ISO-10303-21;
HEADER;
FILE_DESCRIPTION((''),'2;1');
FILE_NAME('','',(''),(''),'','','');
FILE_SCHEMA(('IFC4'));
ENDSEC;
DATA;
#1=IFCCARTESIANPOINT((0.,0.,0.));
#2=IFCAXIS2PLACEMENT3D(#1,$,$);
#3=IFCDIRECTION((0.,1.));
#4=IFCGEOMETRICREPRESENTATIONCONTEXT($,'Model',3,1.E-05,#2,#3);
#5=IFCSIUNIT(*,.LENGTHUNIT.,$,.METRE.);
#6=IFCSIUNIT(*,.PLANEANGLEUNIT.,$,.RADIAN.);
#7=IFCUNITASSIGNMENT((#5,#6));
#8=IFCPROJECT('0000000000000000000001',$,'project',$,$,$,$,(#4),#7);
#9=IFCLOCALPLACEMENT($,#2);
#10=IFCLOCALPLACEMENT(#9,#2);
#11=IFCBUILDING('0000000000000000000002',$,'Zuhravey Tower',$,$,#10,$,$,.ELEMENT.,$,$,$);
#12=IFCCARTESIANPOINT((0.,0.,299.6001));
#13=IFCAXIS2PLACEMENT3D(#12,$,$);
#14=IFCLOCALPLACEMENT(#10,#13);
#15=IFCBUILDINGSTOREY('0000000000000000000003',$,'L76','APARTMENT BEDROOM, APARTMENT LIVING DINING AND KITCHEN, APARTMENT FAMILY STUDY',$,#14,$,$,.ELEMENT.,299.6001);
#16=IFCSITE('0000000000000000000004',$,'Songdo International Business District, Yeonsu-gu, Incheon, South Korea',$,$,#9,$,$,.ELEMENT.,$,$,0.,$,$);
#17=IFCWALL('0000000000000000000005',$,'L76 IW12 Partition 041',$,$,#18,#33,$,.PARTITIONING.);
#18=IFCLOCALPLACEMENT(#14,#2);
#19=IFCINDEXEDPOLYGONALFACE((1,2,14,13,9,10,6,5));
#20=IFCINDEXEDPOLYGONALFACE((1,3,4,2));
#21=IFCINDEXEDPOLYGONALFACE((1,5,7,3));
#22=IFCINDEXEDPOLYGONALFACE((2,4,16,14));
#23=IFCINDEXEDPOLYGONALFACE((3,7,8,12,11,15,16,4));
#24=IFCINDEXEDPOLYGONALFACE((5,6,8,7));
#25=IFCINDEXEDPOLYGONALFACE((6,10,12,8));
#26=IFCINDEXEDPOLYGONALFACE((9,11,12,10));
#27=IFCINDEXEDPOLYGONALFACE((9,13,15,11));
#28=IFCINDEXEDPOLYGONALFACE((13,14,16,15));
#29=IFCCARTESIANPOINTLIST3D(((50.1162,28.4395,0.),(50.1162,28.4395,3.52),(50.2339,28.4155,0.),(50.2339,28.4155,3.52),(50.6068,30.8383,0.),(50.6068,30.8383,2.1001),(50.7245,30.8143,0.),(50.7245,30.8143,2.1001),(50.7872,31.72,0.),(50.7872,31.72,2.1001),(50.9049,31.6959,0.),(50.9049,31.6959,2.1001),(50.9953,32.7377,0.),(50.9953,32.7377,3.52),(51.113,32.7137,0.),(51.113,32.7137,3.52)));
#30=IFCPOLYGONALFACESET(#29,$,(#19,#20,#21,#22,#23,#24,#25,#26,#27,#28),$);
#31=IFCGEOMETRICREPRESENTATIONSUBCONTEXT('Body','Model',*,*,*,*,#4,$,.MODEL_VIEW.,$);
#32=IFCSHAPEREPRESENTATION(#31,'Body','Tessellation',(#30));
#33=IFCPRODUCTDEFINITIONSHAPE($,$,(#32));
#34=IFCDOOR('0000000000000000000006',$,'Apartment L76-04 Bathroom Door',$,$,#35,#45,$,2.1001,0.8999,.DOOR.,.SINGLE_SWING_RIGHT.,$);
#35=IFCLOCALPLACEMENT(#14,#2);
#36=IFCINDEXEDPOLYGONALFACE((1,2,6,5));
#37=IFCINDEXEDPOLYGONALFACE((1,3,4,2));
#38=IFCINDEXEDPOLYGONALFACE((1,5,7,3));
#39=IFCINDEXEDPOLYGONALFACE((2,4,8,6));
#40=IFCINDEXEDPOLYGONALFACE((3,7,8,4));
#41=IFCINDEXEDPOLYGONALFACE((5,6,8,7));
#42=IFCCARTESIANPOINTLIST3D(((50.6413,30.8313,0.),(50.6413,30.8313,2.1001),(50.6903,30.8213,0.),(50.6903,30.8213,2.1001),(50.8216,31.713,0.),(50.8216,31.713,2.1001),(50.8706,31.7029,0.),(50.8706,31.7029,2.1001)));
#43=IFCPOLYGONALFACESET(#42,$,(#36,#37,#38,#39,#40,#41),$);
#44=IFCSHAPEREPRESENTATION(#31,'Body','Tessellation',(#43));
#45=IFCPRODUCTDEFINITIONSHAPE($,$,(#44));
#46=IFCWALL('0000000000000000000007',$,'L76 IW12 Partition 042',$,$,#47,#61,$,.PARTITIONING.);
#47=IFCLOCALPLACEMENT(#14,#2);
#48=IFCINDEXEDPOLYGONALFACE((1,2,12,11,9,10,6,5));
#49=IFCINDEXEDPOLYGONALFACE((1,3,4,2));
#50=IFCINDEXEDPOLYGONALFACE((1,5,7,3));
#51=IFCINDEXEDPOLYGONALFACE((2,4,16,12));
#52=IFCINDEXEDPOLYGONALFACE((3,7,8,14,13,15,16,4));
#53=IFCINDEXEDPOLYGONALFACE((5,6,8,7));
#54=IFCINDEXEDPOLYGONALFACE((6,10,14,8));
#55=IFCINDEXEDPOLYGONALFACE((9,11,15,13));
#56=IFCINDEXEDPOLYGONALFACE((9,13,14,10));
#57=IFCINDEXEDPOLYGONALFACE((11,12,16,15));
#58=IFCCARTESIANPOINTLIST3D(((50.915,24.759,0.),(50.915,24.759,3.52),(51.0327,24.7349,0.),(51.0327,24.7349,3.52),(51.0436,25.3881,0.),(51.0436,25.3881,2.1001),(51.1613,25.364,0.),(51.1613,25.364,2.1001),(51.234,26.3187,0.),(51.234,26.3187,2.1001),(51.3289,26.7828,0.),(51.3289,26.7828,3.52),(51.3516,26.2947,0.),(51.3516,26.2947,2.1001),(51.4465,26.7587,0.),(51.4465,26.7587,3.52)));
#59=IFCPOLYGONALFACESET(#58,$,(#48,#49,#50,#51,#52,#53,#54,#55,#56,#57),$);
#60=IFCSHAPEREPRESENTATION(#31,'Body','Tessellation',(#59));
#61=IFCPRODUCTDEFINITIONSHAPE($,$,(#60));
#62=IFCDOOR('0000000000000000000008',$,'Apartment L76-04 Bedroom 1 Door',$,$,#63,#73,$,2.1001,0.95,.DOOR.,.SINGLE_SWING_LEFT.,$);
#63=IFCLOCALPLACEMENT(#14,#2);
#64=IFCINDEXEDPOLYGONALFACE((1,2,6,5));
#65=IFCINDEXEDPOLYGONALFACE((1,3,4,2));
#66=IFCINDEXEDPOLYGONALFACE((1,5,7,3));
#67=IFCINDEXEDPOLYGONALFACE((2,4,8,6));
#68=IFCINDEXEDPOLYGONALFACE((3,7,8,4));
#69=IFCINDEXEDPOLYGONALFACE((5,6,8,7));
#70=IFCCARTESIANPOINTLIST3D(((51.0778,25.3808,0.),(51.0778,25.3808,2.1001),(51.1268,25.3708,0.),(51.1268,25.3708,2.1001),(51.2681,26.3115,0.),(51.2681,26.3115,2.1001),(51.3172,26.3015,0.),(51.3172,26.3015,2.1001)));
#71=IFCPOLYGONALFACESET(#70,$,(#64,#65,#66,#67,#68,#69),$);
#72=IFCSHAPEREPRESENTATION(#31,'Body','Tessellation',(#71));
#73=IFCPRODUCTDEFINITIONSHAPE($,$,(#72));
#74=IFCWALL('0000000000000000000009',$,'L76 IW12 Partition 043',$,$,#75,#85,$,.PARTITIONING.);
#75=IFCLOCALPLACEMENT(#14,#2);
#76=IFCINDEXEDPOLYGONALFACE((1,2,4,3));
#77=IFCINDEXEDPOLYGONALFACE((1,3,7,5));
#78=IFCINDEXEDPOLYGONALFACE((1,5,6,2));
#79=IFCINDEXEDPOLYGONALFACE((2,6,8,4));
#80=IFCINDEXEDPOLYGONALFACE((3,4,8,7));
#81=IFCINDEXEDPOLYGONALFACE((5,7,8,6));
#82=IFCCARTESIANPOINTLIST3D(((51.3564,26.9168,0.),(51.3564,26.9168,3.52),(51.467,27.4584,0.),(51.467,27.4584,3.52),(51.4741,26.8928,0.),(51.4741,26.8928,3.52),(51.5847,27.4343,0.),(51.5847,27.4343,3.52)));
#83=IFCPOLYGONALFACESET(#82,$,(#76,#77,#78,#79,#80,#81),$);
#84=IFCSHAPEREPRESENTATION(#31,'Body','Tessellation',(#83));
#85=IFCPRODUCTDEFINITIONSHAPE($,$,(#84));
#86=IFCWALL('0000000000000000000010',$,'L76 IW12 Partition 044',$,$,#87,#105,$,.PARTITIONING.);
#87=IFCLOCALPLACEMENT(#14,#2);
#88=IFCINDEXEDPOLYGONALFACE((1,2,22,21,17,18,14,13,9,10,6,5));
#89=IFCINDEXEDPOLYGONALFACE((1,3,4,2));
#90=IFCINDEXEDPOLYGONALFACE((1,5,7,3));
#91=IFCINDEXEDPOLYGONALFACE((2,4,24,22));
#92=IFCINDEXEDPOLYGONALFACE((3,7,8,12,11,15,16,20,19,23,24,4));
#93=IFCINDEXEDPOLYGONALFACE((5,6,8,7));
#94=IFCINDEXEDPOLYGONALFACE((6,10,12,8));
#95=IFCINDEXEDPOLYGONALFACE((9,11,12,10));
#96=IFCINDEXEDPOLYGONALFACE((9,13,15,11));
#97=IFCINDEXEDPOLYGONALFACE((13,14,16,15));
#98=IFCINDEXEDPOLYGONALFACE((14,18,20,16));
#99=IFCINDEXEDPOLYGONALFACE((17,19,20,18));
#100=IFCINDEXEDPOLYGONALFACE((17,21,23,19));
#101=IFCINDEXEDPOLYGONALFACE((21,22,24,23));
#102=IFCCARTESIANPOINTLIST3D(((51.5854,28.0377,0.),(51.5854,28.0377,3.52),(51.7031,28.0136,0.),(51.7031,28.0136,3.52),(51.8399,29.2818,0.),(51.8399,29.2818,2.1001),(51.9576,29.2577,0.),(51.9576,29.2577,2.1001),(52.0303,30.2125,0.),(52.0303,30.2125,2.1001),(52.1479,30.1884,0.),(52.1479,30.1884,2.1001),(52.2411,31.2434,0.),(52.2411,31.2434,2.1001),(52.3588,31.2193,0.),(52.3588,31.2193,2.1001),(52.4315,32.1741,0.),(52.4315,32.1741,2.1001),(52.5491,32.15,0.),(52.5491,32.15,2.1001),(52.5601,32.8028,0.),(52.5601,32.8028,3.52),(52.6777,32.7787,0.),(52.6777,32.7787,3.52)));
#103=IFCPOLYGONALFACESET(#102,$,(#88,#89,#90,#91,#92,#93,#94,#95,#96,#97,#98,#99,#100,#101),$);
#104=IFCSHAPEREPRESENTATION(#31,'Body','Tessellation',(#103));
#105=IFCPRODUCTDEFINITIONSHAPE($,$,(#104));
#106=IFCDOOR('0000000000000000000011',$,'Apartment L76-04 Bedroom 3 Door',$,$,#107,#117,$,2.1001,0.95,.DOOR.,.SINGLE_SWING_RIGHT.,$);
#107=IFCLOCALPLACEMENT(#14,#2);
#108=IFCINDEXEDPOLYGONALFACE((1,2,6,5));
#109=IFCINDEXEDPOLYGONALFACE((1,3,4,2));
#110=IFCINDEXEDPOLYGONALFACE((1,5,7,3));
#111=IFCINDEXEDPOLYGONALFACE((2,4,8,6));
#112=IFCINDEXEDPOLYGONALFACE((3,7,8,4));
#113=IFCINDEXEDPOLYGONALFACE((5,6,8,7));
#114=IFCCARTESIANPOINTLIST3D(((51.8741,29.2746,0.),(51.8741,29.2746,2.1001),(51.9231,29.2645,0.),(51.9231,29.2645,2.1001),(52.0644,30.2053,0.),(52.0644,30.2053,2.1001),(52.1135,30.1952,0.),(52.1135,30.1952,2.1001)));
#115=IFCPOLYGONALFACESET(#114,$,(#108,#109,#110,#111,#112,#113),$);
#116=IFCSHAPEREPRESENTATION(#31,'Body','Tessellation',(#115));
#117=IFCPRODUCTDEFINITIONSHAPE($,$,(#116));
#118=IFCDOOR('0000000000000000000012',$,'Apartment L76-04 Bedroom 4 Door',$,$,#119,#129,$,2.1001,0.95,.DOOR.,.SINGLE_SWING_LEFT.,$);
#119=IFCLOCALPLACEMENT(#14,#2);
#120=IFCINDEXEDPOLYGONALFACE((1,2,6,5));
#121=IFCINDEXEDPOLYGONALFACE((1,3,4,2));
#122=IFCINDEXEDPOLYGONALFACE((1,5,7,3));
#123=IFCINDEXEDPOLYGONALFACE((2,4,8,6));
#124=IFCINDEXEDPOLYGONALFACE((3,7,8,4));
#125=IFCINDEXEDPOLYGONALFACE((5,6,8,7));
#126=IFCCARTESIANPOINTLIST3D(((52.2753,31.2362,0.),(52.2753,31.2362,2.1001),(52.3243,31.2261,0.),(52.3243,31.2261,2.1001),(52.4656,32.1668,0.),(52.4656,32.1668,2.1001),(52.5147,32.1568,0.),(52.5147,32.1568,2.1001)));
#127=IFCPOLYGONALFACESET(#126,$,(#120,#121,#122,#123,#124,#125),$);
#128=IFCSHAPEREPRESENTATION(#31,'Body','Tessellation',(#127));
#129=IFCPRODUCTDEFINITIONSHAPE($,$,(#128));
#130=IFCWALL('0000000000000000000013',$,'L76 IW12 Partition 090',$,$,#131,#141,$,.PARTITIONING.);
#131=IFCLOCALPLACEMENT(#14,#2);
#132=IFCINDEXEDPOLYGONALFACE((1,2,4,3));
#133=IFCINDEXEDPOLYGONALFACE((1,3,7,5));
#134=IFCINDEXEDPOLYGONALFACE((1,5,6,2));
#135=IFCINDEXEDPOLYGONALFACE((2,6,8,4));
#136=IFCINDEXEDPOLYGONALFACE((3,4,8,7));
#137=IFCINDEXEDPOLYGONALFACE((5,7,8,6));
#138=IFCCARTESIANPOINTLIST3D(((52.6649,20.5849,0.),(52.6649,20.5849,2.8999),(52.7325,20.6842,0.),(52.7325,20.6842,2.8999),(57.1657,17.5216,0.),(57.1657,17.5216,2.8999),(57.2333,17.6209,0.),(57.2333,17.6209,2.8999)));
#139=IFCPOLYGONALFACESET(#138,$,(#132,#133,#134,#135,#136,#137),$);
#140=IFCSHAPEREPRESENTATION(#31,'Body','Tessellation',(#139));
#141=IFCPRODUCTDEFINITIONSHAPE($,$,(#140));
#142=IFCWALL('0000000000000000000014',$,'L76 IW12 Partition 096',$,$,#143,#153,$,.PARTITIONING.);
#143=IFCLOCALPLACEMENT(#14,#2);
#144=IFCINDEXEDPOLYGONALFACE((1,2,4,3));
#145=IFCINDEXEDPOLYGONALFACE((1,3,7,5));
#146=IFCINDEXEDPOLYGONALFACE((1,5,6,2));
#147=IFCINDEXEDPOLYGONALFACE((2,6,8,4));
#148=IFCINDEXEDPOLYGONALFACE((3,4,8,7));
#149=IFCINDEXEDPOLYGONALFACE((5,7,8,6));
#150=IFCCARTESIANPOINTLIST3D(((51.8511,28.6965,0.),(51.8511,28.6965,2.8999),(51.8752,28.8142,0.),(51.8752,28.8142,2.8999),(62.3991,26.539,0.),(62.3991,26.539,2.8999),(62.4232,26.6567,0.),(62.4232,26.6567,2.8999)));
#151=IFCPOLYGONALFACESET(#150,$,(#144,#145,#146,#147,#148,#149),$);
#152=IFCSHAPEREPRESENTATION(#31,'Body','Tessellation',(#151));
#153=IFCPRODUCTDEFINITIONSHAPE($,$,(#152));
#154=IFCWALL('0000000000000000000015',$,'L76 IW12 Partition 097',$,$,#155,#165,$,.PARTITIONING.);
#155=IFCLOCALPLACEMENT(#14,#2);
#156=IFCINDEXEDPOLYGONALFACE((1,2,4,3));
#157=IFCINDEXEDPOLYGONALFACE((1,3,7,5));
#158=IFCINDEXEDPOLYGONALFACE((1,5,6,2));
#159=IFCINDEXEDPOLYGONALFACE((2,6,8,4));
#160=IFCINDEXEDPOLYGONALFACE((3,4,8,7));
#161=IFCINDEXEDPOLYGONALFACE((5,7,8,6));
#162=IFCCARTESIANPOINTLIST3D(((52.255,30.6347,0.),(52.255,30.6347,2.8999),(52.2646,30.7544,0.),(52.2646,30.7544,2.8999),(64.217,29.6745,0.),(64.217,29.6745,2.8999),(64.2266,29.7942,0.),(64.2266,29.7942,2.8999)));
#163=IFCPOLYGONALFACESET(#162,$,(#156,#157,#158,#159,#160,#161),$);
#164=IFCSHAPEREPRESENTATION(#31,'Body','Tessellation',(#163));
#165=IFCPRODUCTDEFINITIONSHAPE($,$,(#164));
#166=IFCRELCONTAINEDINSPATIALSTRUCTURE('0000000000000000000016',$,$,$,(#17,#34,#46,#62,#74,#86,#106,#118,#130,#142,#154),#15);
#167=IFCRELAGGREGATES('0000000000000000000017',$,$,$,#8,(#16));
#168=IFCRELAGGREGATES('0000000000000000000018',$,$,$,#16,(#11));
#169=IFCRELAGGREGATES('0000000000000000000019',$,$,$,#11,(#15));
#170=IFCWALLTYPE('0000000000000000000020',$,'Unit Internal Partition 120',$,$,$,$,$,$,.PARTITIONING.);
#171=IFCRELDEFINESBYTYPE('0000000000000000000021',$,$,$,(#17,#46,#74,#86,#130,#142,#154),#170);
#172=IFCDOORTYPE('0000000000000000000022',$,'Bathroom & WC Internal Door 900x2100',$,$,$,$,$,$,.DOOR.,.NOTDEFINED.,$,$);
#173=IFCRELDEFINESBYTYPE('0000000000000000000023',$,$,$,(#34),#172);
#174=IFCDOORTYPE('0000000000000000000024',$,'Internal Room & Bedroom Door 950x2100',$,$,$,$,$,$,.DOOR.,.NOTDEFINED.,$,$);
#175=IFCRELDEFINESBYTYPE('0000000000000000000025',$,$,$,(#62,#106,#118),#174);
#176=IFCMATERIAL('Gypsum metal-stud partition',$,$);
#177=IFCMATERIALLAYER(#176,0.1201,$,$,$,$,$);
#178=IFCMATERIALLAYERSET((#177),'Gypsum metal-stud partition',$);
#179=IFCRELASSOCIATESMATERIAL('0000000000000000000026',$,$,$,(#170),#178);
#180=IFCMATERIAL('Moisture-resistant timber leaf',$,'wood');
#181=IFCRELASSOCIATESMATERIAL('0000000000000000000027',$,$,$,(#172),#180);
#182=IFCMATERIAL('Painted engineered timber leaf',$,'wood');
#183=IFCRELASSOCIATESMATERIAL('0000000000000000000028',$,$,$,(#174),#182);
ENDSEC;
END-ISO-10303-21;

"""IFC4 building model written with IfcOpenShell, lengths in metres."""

from ifc_helpers import new_model, si_unit, direction, frame, frame_2d, origin, place, context, subcontext, project, spatial, rectangle, extrude, material, layer, layer_set, type_object, element, fill, save


model = new_model("IFC4")

# Units and contexts
model_context = context("Model", 3, precision=1e-05, world=origin(), true_north=direction((0.0, 1.0)))
body_context = subcontext(model_context, "Body", "Model", "MODEL_VIEW")
ifc_project = project(units=[si_unit("LENGTHUNIT", "METRE"), si_unit("PLANEANGLEUNIT", "RADIAN")], contexts=[model_context])

# Site, building, storey
site_placement = place(None, origin())
site = spatial("IfcSite", under=ifc_project, at=site_placement, Name="Songdo International Business District, Yeonsu-gu, Incheon, South Korea", CompositionType="ELEMENT", RefElevation=0.0)
building_placement = place(site_placement, origin())
building = spatial("IfcBuilding", under=site, at=building_placement, Name="Zuhravey Tower", CompositionType="ELEMENT")
storey_placement = place(building_placement, frame((0.0, 0.0, 299.6001)))
storey = spatial("IfcBuildingStorey", under=building, at=storey_placement, Name="L76", Description="APARTMENT BEDROOM, APARTMENT LIVING DINING AND KITCHEN, APARTMENT FAMILY STUDY", CompositionType="ELEMENT", Elevation=299.6001)

# Walls, openings, doors
ifc_material_1 = material(Name="Gypsum metal-stud partition")
ifc_layer_1 = layer(ifc_material_1, 0.1201)
ifc_layer_set_1 = layer_set([ifc_layer_1], Name="Gypsum metal-stud partition")
wall_type_1 = type_object("IfcWallType", Name="Unit Internal Partition 120", PredefinedType="PARTITIONING", material=ifc_layer_set_1)
ifc_material_2 = material(Name="Moisture-resistant timber leaf", Category="wood")
door_type_1 = type_object("IfcDoorType", Name="Bathroom & WC Internal Door 900x2100", OperationType="NOTDEFINED", PredefinedType="DOOR", material=ifc_material_2)
ifc_material_3 = material(Name="Painted engineered timber leaf", Category="wood")
door_type_2 = type_object("IfcDoorType", Name="Internal Room & Bedroom Door 950x2100", OperationType="NOTDEFINED", PredefinedType="DOOR", material=ifc_material_3)
wall_1_placement = place(storey_placement, frame((50.175, 28.4275, 0.0), z_axis=(0.0, 0.0, 1.0), x_axis=(0.200384, 0.979717, 0.0)))
wall_1 = element("IfcWall", 1, at=wall_1_placement, inside=storey, type_object=wall_type_1, Name="L76 IW12 Partition 041", PredefinedType="PARTITIONING", context=body_context, shape_type="SweptSolid", body=[
    extrude(rectangle(XDim=4.3872, YDim=0.1201, at=frame_2d((2.1936, 0.0))), origin(), (0.0, 0.0, 1.0), 3.52),
])
opening_1_placement = place(wall_1_placement, frame((2.4485, 0.0, 0.0)))
opening_1 = element("IfcOpeningElement", 2, at=opening_1_placement, cuts=wall_1, PredefinedType="OPENING", context=body_context, shape_type="SweptSolid", body=[
    extrude(rectangle(XDim=0.8999, YDim=2.1001, at=frame_2d((0.45, 1.05))), frame((0.0, 0.072, 0.0), z_axis=(0.0, -1.0, 0.0), x_axis=(1.0, 0.0, 0.0)), (0.0, 0.0, 1.0), 0.144),
])
door_1_placement = place(opening_1_placement, origin())
door_1 = element("IfcDoor", 3, at=door_1_placement, inside=storey, type_object=door_type_1, Name="Apartment L76-04 Bathroom Door", OperationType="SINGLE_SWING_RIGHT", OverallHeight=2.1001, OverallWidth=0.8999, PredefinedType="DOOR", context=body_context, shape_type="SweptSolid", body=[
    extrude(rectangle(XDim=0.8999, YDim=2.1001, at=frame_2d((0.45, 1.05))), frame((0.0, 0.0249, 0.0), z_axis=(0.0, -1.0, 0.0), x_axis=(1.0, 0.0, 0.0)), (0.0, 0.0, 1.0), 0.05),
])
fill(opening_1, door_1)
wall_2_placement = place(storey_placement, frame((50.9739, 24.7471, 0.0), z_axis=(0.0, 0.0, 1.0), x_axis=(0.200342, 0.979726, 0.0)))
wall_2 = element("IfcWall", 4, at=wall_2_placement, inside=storey, type_object=wall_type_1, Name="L76 IW12 Partition 042", PredefinedType="PARTITIONING", context=body_context, shape_type="SweptSolid", body=[
    extrude(rectangle(XDim=2.0657, YDim=0.1201, at=frame_2d((1.0327, 0.0))), origin(), (0.0, 0.0, 1.0), 3.52),
])
opening_2_placement = place(wall_2_placement, frame((0.6418, 0.0, 0.0)))
opening_2 = element("IfcOpeningElement", 5, at=opening_2_placement, cuts=wall_2, PredefinedType="OPENING", context=body_context, shape_type="SweptSolid", body=[
    extrude(rectangle(XDim=0.95, YDim=2.1001, at=frame_2d((0.4751, 1.05))), frame((0.0, 0.072, 0.0), z_axis=(0.0, -1.0, 0.0), x_axis=(1.0, 0.0, 0.0)), (0.0, 0.0, 1.0), 0.144),
])
door_2_placement = place(opening_2_placement, frame((0.95, 0.0, 0.0), z_axis=(0.0, 0.0, 1.0), x_axis=(-1.0, 0.0, 0.0)))
door_2 = element("IfcDoor", 6, at=door_2_placement, inside=storey, type_object=door_type_2, Name="Apartment L76-04 Bedroom 1 Door", OperationType="SINGLE_SWING_LEFT", OverallHeight=2.1001, OverallWidth=0.95, PredefinedType="DOOR", context=body_context, shape_type="SweptSolid", body=[
    extrude(rectangle(XDim=0.95, YDim=2.1001, at=frame_2d((0.4751, 1.05))), frame((0.0, 0.0249, 0.0), z_axis=(0.0, -1.0, 0.0), x_axis=(1.0, 0.0, 0.0)), (0.0, 0.0, 1.0), 0.05),
])
fill(opening_2, door_2)

# Wall
wall_3_placement = place(storey_placement, frame((51.4153, 26.9048, 0.0), z_axis=(0.0, 0.0, 1.0), x_axis=(0.200107, 0.979774, 0.0)))
element("IfcWall", 7, at=wall_3_placement, inside=storey, type_object=wall_type_1, Name="L76 IW12 Partition 043", PredefinedType="PARTITIONING", context=body_context, shape_type="SweptSolid", body=[
    extrude(rectangle(XDim=0.5527, YDim=0.1201, at=frame_2d((0.2764, 0.0))), origin(), (0.0, 0.0, 1.0), 3.52),
])

# Wall, openings, doors
wall_4_placement = place(storey_placement, frame((51.6443, 28.0256, 0.0), z_axis=(0.0, 0.0, 1.0), x_axis=(0.200381, 0.979718, 0.0)))
wall_4 = element("IfcWall", 8, at=wall_4_placement, inside=storey, type_object=wall_type_1, Name="L76 IW12 Partition 044", PredefinedType="PARTITIONING", context=body_context, shape_type="SweptSolid", body=[
    extrude(rectangle(XDim=4.8638, YDim=0.1201, at=frame_2d((2.4319, 0.0))), origin(), (0.0, 0.0, 1.0), 3.52),
])
opening_3_placement = place(wall_4_placement, frame((1.2698, 0.0, 0.0)))
opening_3 = element("IfcOpeningElement", 9, at=opening_3_placement, cuts=wall_4, PredefinedType="OPENING", context=body_context, shape_type="SweptSolid", body=[
    extrude(rectangle(XDim=0.95, YDim=2.1001, at=frame_2d((0.4751, 1.05))), frame((0.0, 0.072, 0.0), z_axis=(0.0, -1.0, 0.0), x_axis=(1.0, 0.0, 0.0)), (0.0, 0.0, 1.0), 0.144),
])
opening_4_placement = place(wall_4_placement, frame((3.272, 0.0, 0.0)))
opening_4 = element("IfcOpeningElement", 10, at=opening_4_placement, cuts=wall_4, PredefinedType="OPENING", context=body_context, shape_type="SweptSolid", body=[
    extrude(rectangle(XDim=0.95, YDim=2.1001, at=frame_2d((0.4751, 1.05))), frame((0.0, 0.072, 0.0), z_axis=(0.0, -1.0, 0.0), x_axis=(1.0, 0.0, 0.0)), (0.0, 0.0, 1.0), 0.144),
])
door_3_placement = place(opening_3_placement, frame((0.95, 0.0, 0.0), z_axis=(0.0, 0.0, 1.0), x_axis=(-1.0, 0.0, 0.0)))
door_3 = element("IfcDoor", 11, at=door_3_placement, inside=storey, type_object=door_type_2, Name="Apartment L76-04 Bedroom 3 Door", OperationType="SINGLE_SWING_RIGHT", OverallHeight=2.1001, OverallWidth=0.95, PredefinedType="DOOR", context=body_context, shape_type="SweptSolid", body=[
    extrude(rectangle(XDim=0.95, YDim=2.1001, at=frame_2d((0.4751, 1.05))), frame((0.0, 0.0249, 0.0), z_axis=(0.0, -1.0, 0.0), x_axis=(1.0, 0.0, 0.0)), (0.0, 0.0, 1.0), 0.05),
])
fill(opening_3, door_3)
door_4_placement = place(opening_4_placement, frame((0.95, 0.0, 0.0), z_axis=(0.0, 0.0, 1.0), x_axis=(-1.0, 0.0, 0.0)))
door_4 = element("IfcDoor", 12, at=door_4_placement, inside=storey, type_object=door_type_2, Name="Apartment L76-04 Bedroom 4 Door", OperationType="SINGLE_SWING_LEFT", OverallHeight=2.1001, OverallWidth=0.95, PredefinedType="DOOR", context=body_context, shape_type="SweptSolid", body=[
    extrude(rectangle(XDim=0.95, YDim=2.1001, at=frame_2d((0.4751, 1.05))), frame((0.0, 0.0249, 0.0), z_axis=(0.0, -1.0, 0.0), x_axis=(1.0, 0.0, 0.0)), (0.0, 0.0, 1.0), 0.05),
])
fill(opening_4, door_4)

# Walls
wall_5_placement = place(storey_placement, frame((52.6987, 20.6345, 0.0), z_axis=(0.0, 0.0, 1.0), x_axis=(0.826693, -0.562653, 0.0)))
element("IfcWall", 13, at=wall_5_placement, inside=storey, type_object=wall_type_1, Name="L76 IW12 Partition 090", PredefinedType="PARTITIONING", context=body_context, shape_type="SweptSolid", body=[
    extrude(rectangle(XDim=5.4443, YDim=0.1201, at=frame_2d((2.7222, 0.0))), origin(), (0.0, 0.0, 1.0), 2.8999),
])
wall_6_placement = place(storey_placement, frame((51.863, 28.7554, 0.0), z_axis=(0.0, 0.0, 1.0), x_axis=(0.979716, -0.200392, 0.0)))
element("IfcWall", 14, at=wall_6_placement, inside=storey, type_object=wall_type_1, Name="L76 IW12 Partition 096", PredefinedType="PARTITIONING", context=body_context, shape_type="SweptSolid", body=[
    extrude(rectangle(XDim=10.7664, YDim=0.1201, at=frame_2d((5.3833, 0.0))), origin(), (0.0, 0.0, 1.0), 2.8999),
])
wall_7_placement = place(storey_placement, frame((52.2598, 30.6946, 0.0), z_axis=(0.0, 0.0, 1.0), x_axis=(0.996794, -0.080014, 0.0)))
element("IfcWall", 15, at=wall_7_placement, inside=storey, type_object=wall_type_1, Name="L76 IW12 Partition 097", PredefinedType="PARTITIONING", context=body_context, shape_type="SweptSolid", body=[
    extrude(rectangle(XDim=12.0005, YDim=0.1201, at=frame_2d((6.0002, 0.0))), origin(), (0.0, 0.0, 1.0), 2.8999),
])

save(model, "model.ifc")
